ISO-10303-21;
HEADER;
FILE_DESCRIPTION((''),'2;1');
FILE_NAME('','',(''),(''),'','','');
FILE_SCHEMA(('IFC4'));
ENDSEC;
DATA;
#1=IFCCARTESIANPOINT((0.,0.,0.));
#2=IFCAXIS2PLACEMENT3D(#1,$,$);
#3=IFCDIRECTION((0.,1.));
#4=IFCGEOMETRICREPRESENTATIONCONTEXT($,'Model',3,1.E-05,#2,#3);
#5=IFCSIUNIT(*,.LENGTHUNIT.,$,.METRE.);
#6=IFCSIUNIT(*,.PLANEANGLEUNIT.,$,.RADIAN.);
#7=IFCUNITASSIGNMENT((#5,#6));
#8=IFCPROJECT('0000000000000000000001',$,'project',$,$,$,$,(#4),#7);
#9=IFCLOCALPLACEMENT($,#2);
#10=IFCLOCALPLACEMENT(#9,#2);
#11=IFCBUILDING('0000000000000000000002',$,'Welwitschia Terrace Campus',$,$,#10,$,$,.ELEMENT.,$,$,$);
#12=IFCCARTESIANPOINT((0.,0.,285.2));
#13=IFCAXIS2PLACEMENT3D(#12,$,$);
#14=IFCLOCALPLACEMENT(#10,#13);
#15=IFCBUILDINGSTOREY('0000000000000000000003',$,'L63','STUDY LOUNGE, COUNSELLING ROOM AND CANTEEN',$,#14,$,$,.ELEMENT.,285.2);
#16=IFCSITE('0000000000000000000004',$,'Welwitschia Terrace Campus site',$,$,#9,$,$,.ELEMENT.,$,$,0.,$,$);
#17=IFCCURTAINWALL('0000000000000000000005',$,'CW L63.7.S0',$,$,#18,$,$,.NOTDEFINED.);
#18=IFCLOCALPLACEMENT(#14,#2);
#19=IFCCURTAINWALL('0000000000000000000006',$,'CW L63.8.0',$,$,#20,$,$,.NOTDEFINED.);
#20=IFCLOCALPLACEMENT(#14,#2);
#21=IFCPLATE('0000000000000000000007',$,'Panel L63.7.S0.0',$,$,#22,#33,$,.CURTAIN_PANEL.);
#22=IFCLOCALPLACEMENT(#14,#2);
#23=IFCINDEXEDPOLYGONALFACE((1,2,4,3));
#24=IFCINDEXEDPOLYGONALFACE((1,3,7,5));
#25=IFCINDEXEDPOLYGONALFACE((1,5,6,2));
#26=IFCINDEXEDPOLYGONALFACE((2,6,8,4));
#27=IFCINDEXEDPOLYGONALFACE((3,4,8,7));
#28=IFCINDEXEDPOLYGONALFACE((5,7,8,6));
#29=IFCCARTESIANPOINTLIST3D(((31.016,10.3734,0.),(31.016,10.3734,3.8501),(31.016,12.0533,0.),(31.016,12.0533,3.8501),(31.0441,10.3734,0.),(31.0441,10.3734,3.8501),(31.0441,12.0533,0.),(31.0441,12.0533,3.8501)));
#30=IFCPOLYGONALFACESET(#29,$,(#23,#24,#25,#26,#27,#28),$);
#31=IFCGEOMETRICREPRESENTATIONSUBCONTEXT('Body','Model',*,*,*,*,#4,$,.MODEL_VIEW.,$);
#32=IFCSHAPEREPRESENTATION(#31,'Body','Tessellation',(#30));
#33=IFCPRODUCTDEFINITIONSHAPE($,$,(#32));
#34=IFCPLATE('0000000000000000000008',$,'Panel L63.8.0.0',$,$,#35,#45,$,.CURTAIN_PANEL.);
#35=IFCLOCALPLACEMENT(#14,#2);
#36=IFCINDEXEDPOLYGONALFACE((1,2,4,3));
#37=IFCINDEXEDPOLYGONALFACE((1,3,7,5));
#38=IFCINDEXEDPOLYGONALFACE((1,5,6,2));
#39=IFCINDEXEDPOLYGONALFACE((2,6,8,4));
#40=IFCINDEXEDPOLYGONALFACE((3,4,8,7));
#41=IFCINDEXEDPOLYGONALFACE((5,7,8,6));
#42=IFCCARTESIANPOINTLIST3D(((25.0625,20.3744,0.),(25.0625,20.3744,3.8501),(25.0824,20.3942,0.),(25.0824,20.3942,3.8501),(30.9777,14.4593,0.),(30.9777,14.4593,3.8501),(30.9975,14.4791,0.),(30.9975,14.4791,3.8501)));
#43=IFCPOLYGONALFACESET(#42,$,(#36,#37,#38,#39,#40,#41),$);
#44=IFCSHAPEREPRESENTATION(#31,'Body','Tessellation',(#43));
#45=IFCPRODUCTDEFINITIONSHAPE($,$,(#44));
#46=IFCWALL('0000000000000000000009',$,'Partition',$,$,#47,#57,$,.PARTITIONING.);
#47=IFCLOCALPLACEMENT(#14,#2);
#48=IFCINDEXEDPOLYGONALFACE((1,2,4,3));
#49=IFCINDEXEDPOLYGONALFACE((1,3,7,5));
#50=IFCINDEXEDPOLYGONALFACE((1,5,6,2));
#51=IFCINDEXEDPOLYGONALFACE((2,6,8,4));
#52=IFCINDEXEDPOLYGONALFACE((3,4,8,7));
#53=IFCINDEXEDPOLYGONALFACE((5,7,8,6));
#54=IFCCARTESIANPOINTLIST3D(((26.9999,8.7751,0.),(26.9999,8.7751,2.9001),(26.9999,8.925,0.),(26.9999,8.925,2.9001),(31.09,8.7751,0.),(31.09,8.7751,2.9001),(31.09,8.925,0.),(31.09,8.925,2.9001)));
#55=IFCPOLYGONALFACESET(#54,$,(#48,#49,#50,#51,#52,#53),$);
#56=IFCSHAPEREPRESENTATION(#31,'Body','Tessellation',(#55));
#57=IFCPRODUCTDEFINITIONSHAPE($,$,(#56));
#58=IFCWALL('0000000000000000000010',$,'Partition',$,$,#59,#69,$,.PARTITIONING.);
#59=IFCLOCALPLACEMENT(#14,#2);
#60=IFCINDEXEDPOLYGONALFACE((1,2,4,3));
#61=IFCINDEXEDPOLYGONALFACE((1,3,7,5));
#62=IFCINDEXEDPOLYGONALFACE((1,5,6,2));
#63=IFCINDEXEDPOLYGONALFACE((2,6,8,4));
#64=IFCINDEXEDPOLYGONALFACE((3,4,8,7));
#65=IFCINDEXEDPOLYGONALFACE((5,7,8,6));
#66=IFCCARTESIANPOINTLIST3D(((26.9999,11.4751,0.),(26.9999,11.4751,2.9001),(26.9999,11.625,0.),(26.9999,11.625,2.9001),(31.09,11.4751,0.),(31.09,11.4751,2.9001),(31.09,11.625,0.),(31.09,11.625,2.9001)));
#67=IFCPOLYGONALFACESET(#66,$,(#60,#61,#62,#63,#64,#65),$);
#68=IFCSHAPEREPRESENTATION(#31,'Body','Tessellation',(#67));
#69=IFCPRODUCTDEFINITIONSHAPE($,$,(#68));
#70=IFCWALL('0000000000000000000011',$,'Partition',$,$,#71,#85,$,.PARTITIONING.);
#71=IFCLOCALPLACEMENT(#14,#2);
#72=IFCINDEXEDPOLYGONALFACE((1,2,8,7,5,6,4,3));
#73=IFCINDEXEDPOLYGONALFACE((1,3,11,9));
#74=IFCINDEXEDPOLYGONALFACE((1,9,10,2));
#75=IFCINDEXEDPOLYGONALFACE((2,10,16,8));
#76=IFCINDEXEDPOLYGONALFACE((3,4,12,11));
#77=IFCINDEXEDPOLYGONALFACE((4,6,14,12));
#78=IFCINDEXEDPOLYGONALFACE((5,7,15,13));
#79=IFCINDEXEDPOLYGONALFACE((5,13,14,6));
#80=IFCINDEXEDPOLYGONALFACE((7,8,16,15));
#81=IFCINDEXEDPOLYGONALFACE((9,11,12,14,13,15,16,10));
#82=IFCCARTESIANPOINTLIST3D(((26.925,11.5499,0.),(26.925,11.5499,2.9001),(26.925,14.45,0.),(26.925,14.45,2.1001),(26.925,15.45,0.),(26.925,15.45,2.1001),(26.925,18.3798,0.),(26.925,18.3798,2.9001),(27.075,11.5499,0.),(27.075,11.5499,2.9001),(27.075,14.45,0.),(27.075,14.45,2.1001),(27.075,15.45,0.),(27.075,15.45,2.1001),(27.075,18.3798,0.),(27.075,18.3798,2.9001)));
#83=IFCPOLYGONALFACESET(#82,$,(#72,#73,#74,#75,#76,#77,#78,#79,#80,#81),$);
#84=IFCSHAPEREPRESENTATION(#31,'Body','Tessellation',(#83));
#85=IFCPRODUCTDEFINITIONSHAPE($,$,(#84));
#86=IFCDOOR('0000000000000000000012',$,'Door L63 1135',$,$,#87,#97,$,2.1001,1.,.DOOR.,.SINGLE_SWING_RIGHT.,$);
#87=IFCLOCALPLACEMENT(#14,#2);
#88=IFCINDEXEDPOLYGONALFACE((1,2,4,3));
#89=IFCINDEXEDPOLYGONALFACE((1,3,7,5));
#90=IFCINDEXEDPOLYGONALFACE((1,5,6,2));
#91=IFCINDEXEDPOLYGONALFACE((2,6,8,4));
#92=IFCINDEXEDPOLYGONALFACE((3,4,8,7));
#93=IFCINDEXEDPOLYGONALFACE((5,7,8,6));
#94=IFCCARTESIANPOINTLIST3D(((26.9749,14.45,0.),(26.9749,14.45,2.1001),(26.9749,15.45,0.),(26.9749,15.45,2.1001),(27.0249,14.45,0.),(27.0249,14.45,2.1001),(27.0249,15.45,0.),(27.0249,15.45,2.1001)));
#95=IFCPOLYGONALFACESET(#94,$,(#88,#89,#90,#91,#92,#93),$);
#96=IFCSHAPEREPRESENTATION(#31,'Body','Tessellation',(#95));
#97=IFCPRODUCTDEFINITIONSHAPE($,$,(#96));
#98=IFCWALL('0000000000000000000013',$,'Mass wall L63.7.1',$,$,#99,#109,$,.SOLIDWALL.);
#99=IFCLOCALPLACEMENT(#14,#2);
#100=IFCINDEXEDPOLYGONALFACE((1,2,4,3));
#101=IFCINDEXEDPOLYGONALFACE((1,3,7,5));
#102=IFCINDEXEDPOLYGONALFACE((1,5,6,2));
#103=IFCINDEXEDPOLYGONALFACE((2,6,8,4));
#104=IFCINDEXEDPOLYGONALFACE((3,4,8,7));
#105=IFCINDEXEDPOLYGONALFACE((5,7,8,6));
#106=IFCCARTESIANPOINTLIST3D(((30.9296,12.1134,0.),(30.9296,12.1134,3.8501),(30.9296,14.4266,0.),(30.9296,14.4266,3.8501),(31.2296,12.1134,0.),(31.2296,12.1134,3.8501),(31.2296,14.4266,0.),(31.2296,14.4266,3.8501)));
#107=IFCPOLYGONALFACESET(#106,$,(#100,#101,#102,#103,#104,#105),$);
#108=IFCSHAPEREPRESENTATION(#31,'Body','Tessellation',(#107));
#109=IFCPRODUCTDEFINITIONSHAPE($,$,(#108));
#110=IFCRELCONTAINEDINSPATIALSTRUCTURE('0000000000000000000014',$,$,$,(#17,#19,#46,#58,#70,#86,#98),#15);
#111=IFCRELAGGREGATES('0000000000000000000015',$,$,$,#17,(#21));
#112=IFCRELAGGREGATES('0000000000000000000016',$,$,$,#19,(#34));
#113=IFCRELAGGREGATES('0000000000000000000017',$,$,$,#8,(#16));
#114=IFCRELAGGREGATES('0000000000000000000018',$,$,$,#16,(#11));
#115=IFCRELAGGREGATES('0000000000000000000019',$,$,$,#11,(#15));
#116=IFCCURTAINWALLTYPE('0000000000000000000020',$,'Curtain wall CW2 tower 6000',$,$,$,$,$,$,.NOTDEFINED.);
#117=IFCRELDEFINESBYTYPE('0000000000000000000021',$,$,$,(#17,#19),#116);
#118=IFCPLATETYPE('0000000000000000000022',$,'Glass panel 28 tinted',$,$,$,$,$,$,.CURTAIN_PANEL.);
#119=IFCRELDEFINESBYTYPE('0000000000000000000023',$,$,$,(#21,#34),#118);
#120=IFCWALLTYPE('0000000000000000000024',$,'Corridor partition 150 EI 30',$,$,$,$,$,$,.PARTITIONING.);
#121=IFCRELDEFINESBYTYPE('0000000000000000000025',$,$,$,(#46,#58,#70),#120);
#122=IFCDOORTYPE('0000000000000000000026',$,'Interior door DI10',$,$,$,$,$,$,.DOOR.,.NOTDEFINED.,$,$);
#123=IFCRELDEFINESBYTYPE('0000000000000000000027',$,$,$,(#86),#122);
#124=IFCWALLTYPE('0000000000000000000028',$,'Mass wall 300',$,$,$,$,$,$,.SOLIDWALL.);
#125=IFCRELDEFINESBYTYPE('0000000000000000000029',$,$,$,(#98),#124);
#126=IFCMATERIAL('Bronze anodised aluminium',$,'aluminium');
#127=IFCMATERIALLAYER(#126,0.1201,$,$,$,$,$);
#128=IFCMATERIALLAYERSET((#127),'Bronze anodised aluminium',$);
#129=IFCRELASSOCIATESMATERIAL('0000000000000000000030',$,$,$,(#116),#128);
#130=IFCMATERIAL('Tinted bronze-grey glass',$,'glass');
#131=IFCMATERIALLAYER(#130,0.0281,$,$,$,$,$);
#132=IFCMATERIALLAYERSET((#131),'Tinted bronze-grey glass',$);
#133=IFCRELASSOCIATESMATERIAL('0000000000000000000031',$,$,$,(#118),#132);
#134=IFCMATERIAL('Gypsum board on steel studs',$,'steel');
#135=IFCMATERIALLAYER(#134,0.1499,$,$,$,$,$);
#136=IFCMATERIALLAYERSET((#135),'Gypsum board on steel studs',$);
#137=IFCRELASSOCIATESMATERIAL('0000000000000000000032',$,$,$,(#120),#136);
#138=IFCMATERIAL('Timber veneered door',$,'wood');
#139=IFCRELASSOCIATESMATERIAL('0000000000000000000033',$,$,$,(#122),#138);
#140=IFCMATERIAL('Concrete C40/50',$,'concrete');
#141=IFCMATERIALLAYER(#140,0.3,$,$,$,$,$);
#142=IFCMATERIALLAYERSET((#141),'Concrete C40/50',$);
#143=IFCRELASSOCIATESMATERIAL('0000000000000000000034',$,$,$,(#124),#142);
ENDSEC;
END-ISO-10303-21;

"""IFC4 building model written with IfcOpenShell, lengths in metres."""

from ifc_helpers import new_model, si_unit, direction, frame, frame_2d, origin, origin_2d, place, context, subcontext, project, spatial, rectangle, extrude, material, layer, layer_set, type_object, element, fill, aggregate, save


model = new_model("IFC4")

# Units and contexts
model_context = context("Model", 3, precision=1e-05, world=origin(), true_north=direction((0.0, 1.0)))
body_context = subcontext(model_context, "Body", "Model", "MODEL_VIEW")
ifc_project = project(units=[si_unit("LENGTHUNIT", "METRE"), si_unit("PLANEANGLEUNIT", "RADIAN")], contexts=[model_context])

# Site, building, storey
site_placement = place(None, origin())
site = spatial("IfcSite", under=ifc_project, at=site_placement, Name="Welwitschia Terrace Campus site", CompositionType="ELEMENT", RefElevation=0.0)
building_placement = place(site_placement, origin())
building = spatial("IfcBuilding", under=site, at=building_placement, Name="Welwitschia Terrace Campus", CompositionType="ELEMENT")
storey_placement = place(building_placement, frame((0.0, 0.0, 285.2)))
storey = spatial("IfcBuildingStorey", under=building, at=storey_placement, Name="L63", Description="STUDY LOUNGE, COUNSELLING ROOM AND CANTEEN", CompositionType="ELEMENT", Elevation=285.2)

# Curtain walls
ifc_material_1 = material(Name="Bronze anodised aluminium", Category="aluminium")
ifc_layer_1 = layer(ifc_material_1, 0.1201)
ifc_layer_set_1 = layer_set([ifc_layer_1], Name="Bronze anodised aluminium")
curtain_wall_type = type_object("IfcCurtainWallType", Name="Curtain wall CW2 tower 6000", PredefinedType="NOTDEFINED", material=ifc_layer_set_1)
curtain_wall_1_placement = place(storey_placement, origin())
curtain_wall_1 = element("IfcCurtainWall", 1, at=curtain_wall_1_placement, inside=storey, type_object=curtain_wall_type, Name="CW L63.7.S0", PredefinedType="NOTDEFINED")
curtain_wall_2_placement = place(storey_placement, origin())
curtain_wall_2 = element("IfcCurtainWall", 2, at=curtain_wall_2_placement, inside=storey, type_object=curtain_wall_type, Name="CW L63.8.0", PredefinedType="NOTDEFINED")

# Plates
ifc_material_2 = material(Name="Tinted bronze-grey glass", Category="glass")
ifc_layer_2 = layer(ifc_material_2, 0.0281)
ifc_layer_set_2 = layer_set([ifc_layer_2], Name="Tinted bronze-grey glass")
plate_type = type_object("IfcPlateType", Name="Glass panel 28 tinted", PredefinedType="CURTAIN_PANEL", material=ifc_layer_set_2)
plate_1_placement = place(storey_placement, frame((31.03, 11.2134, 0.0), z_axis=(0.0, 0.0, 1.0), x_axis=(0.0, 1.0, 0.0)))
plate_1 = element("IfcPlate", 3, at=plate_1_placement, type_object=plate_type, Name="Panel L63.7.S0.0", PredefinedType="CURTAIN_PANEL", context=body_context, shape_type="SweptSolid", body=[
    extrude(rectangle(XDim=1.6799, YDim=0.0281, at=origin_2d()), origin(), (0.0, 0.0, 1.0), 3.8501),
])
aggregate(curtain_wall_1, [plate_1])
plate_2_placement = place(storey_placement, frame((28.03, 17.4268, 0.0), z_axis=(0.0, 0.0, 1.0), x_axis=(-0.707107, 0.707107, 0.0)))
plate_2 = element("IfcPlate", 4, at=plate_2_placement, type_object=plate_type, Name="Panel L63.8.0.0", PredefinedType="CURTAIN_PANEL", context=body_context, shape_type="SweptSolid", body=[
    extrude(rectangle(XDim=8.3652, YDim=0.0281, at=origin_2d()), origin(), (0.0, 0.0, 1.0), 3.8501),
])
aggregate(curtain_wall_2, [plate_2])

# Walls
ifc_material_3 = material(Name="Gypsum board on steel studs", Category="steel")
ifc_layer_3 = layer(ifc_material_3, 0.1499)
ifc_layer_set_3 = layer_set([ifc_layer_3], Name="Gypsum board on steel studs")
wall_type_1 = type_object("IfcWallType", Name="Corridor partition 150 EI 30", PredefinedType="PARTITIONING", material=ifc_layer_set_3)
for number, where, z_axis, x_axis, name in (
    (5, (27.0, 8.8501, 0.0), (0.0, 0.0, 1.0), (1.0, 0.0, 0.0), "Partition"),
    (6, (27.0, 11.55, 0.0), (0.0, 0.0, 1.0), (1.0, 0.0, 0.0), "Partition"),
):
    element("IfcWall", number, at=place(storey_placement, frame(where, z_axis=z_axis, x_axis=x_axis)), inside=storey, type_object=wall_type_1, Name=name, PredefinedType="PARTITIONING", context=body_context, shape_type="SweptSolid", body=[
        extrude(rectangle(XDim=4.0901, YDim=0.1499, at=frame_2d((2.0449, 0.0))), origin(), (0.0, 0.0, 1.0), 2.9001),
    ])

# Wall, opening, door
wall_1_placement = place(storey_placement, frame((27.0, 18.3799, 0.0), z_axis=(0.0, 0.0, 1.0), x_axis=(0.0, -1.0, 0.0)))
wall_1 = element("IfcWall", 7, at=wall_1_placement, inside=storey, type_object=wall_type_1, Name="Partition", PredefinedType="PARTITIONING", context=body_context, shape_type="SweptSolid", body=[
    extrude(rectangle(XDim=6.8298, YDim=0.1499, at=frame_2d((3.415, 0.0))), origin(), (0.0, 0.0, 1.0), 2.9001),
])
opening_placement = place(wall_1_placement, frame((2.9299, 0.0, 0.0)))
opening = element("IfcOpeningElement", 8, at=opening_placement, cuts=wall_1, PredefinedType="OPENING", context=body_context, shape_type="SweptSolid", body=[
    extrude(rectangle(XDim=1.0, YDim=2.1001, at=frame_2d((0.5, 1.05))), frame((0.0, 0.085, 0.0), z_axis=(0.0, -1.0, 0.0), x_axis=(1.0, 0.0, 0.0)), (0.0, 0.0, 1.0), 0.1699),
])
ifc_material_4 = material(Name="Timber veneered door", Category="wood")
door_type = type_object("IfcDoorType", Name="Interior door DI10", OperationType="NOTDEFINED", PredefinedType="DOOR", material=ifc_material_4)
door_placement = place(opening_placement, origin())
door = element("IfcDoor", 9, at=door_placement, inside=storey, type_object=door_type, Name="Door L63 1135", OperationType="SINGLE_SWING_RIGHT", OverallHeight=2.1001, OverallWidth=1.0, PredefinedType="DOOR", context=body_context, shape_type="SweptSolid", body=[
    extrude(rectangle(XDim=1.0, YDim=2.1001, at=frame_2d((0.5, 1.05))), frame((0.0, 0.0249, 0.0), z_axis=(0.0, -1.0, 0.0), x_axis=(1.0, 0.0, 0.0)), (0.0, 0.0, 1.0), 0.05),
])
fill(opening, door)

# Wall
ifc_material_5 = material(Name="Concrete C40/50", Category="concrete")
ifc_layer_4 = layer(ifc_material_5, 0.3)
ifc_layer_set_4 = layer_set([ifc_layer_4], Name="Concrete C40/50")
wall_type_2 = type_object("IfcWallType", Name="Mass wall 300", PredefinedType="SOLIDWALL", material=ifc_layer_set_4)
wall_2_placement = place(storey_placement, frame((31.0796, 12.1133, 0.0), z_axis=(0.0, 0.0, 1.0), x_axis=(0.0, 1.0, 0.0)))
element("IfcWall", 10, at=wall_2_placement, inside=storey, type_object=wall_type_2, Name="Mass wall L63.7.1", PredefinedType="SOLIDWALL", context=body_context, shape_type="SweptSolid", body=[
    extrude(rectangle(XDim=2.3132, YDim=0.3, at=frame_2d((1.1567, 0.0))), origin(), (0.0, 0.0, 1.0), 3.8501),
])

save(model, "model.ifc")
